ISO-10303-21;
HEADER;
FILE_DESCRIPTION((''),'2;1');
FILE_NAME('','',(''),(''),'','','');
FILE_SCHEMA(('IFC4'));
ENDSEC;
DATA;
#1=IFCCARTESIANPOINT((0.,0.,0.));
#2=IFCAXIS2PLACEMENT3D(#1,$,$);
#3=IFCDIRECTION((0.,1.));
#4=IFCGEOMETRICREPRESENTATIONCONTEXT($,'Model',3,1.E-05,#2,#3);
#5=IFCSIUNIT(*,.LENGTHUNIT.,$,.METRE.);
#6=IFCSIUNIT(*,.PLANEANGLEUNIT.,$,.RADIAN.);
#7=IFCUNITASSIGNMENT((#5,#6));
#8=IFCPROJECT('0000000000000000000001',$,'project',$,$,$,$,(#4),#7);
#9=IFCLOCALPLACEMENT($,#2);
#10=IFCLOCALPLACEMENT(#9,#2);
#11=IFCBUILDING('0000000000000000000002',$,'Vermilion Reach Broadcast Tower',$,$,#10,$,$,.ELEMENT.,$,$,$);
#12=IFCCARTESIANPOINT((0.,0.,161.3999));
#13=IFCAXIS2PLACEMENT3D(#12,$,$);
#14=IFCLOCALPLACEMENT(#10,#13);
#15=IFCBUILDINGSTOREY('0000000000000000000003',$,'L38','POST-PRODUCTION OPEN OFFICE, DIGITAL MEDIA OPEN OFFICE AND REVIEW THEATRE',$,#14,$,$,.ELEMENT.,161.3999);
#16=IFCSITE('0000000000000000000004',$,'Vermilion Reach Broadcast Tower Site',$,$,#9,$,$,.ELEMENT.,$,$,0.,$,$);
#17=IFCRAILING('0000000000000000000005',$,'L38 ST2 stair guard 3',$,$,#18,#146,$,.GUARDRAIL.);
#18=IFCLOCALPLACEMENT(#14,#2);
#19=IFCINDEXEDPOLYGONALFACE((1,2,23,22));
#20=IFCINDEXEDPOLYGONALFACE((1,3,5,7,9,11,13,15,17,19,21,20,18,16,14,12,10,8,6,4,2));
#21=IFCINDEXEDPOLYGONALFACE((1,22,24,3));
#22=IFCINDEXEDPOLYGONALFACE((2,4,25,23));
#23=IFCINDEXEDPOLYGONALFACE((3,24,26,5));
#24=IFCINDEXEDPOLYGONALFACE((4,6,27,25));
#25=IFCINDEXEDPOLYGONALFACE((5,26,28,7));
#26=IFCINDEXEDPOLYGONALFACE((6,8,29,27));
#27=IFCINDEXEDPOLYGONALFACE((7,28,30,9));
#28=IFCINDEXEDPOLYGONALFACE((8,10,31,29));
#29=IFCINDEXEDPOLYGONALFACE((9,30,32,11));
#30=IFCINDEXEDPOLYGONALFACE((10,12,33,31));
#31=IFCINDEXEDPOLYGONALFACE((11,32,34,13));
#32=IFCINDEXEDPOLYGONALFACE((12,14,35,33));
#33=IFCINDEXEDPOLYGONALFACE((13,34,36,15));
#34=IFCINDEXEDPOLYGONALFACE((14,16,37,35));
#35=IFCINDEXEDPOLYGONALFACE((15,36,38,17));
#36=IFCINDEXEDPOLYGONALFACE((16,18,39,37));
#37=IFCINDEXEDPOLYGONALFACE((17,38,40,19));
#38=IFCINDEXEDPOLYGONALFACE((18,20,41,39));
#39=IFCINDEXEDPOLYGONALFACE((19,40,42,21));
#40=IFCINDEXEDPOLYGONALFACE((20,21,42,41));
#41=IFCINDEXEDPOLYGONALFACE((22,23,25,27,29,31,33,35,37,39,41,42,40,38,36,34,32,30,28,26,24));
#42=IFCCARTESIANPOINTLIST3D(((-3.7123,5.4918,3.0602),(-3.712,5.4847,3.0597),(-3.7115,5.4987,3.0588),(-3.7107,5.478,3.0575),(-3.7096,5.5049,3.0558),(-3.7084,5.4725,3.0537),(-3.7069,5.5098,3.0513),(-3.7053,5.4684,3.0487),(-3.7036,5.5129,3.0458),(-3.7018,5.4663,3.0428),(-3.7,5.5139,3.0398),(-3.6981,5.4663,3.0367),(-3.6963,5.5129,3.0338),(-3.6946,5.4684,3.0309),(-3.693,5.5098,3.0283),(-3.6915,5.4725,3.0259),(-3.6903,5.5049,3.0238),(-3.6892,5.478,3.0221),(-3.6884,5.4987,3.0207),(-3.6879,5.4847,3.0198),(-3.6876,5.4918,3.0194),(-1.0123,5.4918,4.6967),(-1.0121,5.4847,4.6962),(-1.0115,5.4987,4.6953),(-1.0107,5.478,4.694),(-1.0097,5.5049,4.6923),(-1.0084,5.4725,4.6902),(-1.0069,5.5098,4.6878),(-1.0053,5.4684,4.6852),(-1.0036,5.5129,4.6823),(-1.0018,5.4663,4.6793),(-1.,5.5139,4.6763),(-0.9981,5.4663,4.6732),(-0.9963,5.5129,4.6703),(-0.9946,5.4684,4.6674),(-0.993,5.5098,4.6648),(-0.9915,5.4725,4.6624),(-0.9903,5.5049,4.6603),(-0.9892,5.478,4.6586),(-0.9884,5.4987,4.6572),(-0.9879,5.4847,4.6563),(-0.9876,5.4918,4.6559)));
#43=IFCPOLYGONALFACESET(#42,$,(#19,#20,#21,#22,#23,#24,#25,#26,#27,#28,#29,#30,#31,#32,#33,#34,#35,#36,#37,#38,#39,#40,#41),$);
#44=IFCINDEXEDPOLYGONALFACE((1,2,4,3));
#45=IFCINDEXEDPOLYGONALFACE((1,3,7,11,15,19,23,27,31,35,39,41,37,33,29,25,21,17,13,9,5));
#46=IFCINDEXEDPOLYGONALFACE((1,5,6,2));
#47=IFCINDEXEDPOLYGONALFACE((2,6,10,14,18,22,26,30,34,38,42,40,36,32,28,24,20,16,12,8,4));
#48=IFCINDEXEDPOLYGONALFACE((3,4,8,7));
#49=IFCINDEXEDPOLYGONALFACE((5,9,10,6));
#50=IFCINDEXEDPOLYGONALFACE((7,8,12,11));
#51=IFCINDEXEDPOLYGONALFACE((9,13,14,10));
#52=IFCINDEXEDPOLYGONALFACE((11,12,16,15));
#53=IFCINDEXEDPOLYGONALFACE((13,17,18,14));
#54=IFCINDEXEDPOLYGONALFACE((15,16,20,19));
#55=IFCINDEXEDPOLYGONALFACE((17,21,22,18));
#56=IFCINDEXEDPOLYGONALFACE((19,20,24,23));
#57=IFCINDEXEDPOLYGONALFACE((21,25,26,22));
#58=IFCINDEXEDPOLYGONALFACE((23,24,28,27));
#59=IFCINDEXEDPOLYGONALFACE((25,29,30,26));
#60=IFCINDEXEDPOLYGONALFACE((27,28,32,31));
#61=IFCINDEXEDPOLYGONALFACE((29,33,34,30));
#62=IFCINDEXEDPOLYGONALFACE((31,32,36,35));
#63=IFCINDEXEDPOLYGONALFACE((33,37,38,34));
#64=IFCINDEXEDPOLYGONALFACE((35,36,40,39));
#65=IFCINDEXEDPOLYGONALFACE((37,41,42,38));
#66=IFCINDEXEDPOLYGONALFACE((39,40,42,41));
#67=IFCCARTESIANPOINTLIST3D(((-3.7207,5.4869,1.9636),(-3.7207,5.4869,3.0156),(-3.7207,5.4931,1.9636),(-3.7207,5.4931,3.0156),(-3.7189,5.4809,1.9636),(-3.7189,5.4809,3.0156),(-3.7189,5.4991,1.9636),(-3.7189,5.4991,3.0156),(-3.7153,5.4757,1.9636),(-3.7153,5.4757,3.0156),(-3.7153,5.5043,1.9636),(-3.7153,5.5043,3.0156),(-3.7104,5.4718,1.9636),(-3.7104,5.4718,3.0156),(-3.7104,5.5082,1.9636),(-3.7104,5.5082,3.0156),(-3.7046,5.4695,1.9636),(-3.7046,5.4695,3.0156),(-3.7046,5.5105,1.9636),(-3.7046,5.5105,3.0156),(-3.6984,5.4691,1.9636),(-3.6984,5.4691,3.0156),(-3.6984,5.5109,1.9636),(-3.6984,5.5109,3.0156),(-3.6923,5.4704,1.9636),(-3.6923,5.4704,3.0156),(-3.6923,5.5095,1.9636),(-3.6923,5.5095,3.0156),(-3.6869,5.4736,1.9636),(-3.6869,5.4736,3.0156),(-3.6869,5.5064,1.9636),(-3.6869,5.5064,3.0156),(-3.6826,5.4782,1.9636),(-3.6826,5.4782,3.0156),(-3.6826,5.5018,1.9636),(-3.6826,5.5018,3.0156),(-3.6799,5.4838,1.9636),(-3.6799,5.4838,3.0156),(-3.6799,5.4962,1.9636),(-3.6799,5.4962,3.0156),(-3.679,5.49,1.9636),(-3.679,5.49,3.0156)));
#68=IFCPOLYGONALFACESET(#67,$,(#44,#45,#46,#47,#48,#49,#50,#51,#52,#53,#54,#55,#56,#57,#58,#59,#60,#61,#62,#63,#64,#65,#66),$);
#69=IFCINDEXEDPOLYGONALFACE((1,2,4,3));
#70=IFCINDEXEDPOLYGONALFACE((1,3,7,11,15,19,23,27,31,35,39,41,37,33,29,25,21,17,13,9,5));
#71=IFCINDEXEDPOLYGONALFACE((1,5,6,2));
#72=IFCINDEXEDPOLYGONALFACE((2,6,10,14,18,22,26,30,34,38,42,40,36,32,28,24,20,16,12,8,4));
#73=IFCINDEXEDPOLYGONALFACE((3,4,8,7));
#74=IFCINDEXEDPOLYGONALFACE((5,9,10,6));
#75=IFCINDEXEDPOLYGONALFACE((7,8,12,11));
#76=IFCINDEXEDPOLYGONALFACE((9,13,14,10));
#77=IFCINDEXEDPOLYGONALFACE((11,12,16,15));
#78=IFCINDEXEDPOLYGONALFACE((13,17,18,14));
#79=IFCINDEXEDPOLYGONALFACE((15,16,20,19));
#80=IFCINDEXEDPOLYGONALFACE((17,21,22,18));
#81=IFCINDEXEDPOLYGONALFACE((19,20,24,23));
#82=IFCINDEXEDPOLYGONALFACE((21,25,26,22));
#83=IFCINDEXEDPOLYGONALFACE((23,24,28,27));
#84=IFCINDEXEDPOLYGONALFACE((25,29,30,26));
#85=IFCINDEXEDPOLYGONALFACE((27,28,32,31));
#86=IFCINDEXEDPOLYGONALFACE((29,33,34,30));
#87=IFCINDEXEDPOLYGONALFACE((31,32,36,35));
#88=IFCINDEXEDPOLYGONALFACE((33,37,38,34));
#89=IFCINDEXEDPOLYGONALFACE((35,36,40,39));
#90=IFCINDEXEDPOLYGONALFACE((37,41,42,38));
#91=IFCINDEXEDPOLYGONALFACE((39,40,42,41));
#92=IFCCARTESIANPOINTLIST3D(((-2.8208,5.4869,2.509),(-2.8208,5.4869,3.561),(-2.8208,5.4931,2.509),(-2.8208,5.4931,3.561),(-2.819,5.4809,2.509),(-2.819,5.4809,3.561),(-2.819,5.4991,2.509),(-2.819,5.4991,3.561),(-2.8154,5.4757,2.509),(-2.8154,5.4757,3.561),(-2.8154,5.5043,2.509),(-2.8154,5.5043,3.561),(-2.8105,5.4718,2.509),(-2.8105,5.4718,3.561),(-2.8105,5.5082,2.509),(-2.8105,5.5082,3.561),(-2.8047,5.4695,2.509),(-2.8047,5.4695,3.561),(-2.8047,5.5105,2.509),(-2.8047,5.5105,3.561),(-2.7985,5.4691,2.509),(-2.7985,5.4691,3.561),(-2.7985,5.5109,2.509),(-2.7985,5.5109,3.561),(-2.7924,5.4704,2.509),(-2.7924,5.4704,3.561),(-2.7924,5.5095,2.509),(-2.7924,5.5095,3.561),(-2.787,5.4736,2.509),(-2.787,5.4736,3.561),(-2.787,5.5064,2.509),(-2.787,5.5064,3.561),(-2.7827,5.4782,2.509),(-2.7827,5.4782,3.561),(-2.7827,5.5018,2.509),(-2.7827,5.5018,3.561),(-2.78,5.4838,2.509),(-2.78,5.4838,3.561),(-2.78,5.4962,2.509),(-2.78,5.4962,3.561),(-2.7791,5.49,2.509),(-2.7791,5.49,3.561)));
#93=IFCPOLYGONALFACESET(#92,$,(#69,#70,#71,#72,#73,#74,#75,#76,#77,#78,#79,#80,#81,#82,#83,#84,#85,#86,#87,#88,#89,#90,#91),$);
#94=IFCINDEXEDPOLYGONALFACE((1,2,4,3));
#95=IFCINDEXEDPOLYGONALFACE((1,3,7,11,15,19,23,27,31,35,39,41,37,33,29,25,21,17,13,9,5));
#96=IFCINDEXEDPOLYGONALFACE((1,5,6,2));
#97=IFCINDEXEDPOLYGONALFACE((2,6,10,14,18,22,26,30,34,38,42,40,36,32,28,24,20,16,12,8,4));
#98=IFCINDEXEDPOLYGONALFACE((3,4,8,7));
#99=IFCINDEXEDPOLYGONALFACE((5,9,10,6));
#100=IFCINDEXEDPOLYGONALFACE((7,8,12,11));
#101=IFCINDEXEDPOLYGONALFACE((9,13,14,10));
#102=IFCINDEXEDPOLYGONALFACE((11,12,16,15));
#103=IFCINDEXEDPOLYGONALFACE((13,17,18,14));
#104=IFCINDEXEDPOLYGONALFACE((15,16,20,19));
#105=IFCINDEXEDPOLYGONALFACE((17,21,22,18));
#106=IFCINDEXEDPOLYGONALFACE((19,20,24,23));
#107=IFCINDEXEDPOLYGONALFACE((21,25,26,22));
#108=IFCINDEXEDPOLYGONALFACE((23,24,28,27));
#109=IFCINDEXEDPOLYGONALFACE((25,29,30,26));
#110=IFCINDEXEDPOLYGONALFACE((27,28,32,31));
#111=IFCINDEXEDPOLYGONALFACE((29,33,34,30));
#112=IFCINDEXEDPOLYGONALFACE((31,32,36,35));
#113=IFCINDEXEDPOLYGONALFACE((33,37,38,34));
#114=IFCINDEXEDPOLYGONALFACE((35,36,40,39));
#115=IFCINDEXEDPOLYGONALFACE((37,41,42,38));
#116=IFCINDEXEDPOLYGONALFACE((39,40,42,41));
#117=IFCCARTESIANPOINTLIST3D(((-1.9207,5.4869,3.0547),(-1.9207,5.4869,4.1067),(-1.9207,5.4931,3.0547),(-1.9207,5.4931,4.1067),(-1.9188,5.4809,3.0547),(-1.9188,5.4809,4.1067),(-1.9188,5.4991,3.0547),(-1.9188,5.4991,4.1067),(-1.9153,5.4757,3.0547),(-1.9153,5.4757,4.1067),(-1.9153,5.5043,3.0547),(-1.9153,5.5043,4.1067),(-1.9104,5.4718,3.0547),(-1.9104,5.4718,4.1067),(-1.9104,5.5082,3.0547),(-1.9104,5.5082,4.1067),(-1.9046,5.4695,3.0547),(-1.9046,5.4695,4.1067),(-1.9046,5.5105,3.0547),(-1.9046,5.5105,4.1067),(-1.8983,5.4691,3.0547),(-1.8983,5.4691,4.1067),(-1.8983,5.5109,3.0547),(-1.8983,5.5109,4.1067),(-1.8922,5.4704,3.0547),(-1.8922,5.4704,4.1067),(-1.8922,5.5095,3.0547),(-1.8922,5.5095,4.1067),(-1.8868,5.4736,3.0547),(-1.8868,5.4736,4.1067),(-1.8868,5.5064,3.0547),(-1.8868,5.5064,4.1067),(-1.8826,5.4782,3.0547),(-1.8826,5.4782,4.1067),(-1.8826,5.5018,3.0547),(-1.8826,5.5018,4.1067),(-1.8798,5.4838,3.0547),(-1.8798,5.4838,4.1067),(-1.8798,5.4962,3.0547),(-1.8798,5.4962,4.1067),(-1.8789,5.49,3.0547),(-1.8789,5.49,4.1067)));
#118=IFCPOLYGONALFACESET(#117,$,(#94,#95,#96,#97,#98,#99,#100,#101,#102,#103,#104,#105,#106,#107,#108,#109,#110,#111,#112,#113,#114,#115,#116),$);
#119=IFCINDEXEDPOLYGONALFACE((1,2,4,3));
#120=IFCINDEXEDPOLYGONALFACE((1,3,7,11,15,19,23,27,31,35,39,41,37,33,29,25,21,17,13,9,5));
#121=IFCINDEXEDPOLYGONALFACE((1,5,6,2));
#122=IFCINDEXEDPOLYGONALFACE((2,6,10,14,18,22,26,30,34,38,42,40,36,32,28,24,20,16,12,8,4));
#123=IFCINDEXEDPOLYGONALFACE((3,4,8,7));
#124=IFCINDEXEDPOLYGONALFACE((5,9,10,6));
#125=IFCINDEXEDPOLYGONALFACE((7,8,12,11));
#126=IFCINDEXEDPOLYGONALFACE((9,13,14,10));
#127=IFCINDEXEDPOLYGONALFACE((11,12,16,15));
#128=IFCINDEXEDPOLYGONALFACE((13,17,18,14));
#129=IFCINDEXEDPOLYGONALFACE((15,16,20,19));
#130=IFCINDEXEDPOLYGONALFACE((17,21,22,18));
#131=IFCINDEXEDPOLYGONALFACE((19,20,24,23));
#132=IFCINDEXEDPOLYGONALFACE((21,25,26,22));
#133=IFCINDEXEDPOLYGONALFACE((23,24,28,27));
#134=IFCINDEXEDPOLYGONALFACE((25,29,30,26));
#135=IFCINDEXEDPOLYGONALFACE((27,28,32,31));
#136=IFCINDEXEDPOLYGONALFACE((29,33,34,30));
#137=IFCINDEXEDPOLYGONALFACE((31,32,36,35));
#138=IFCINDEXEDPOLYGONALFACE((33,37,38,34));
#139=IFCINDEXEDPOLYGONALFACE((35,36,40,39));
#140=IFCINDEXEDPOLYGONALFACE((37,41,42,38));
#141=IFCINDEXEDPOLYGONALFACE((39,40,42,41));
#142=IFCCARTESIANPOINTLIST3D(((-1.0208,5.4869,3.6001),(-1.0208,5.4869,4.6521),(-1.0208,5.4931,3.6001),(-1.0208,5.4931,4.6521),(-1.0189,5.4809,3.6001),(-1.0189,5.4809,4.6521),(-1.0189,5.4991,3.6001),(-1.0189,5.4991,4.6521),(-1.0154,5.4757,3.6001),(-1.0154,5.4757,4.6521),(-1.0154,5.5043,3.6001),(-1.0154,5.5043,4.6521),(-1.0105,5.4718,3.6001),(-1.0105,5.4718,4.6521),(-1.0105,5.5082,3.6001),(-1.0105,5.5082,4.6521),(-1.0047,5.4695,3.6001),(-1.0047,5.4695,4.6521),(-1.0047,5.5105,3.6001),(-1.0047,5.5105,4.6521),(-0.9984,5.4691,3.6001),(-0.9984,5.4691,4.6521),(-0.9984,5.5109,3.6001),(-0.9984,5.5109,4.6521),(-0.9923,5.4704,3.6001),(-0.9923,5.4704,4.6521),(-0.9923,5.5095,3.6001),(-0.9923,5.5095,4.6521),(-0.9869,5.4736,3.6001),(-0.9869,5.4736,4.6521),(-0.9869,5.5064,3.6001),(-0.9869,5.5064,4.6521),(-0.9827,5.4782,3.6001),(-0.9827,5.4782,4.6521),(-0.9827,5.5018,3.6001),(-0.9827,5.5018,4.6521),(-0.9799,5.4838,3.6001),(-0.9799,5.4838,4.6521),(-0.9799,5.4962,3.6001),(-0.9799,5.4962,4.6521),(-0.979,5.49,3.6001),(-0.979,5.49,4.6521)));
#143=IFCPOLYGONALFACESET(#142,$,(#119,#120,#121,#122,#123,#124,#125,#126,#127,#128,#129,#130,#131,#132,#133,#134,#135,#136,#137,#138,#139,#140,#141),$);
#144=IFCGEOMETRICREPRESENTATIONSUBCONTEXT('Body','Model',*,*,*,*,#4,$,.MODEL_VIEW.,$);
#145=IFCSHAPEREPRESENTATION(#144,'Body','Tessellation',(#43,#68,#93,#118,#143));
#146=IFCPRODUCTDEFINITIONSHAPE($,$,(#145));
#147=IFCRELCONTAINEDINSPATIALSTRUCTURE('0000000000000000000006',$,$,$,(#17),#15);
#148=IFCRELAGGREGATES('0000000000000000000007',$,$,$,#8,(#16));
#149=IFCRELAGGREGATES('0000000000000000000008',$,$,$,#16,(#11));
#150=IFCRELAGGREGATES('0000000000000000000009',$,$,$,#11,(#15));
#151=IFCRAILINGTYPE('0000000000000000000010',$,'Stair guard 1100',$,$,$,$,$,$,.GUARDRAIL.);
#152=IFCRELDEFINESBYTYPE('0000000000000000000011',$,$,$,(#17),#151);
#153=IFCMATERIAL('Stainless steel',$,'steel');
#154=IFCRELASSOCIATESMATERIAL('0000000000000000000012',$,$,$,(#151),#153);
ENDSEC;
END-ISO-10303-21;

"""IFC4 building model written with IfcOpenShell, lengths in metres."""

from ifc_helpers import new_model, si_unit, direction, frame, origin, origin_2d, place, context, subcontext, project, spatial, circle, extrude, material, type_object, element, save


model = new_model("IFC4")

# Units and contexts
model_context = context("Model", 3, precision=1e-05, world=origin(), true_north=direction((0.0, 1.0)))
body_context = subcontext(model_context, "Body", "Model", "MODEL_VIEW")
ifc_project = project(units=[si_unit("LENGTHUNIT", "METRE"), si_unit("PLANEANGLEUNIT", "RADIAN")], contexts=[model_context])

# Site, building, storey
site_placement = place(None, origin())
site = spatial("IfcSite", under=ifc_project, at=site_placement, Name="Vermilion Reach Broadcast Tower Site", CompositionType="ELEMENT", RefElevation=0.0)
building_placement = place(site_placement, origin())
building = spatial("IfcBuilding", under=site, at=building_placement, Name="Vermilion Reach Broadcast Tower", CompositionType="ELEMENT")
storey_placement = place(building_placement, frame((0.0, 0.0, 161.3999)))
storey = spatial("IfcBuildingStorey", under=building, at=storey_placement, Name="L38", Description="POST-PRODUCTION OPEN OFFICE, DIGITAL MEDIA OPEN OFFICE AND REVIEW THEATRE", CompositionType="ELEMENT", Elevation=161.3999)

# Railing
ifc_material_1 = material(Name="Stainless steel", Category="steel")
railing_type_1 = type_object("IfcRailingType", Name="Stair guard 1100", PredefinedType="GUARDRAIL", material=ifc_material_1)
railing_1_placement = place(storey_placement, frame((-3.7, 5.49, 1.9636)))
element("IfcRailing", 1, at=railing_1_placement, inside=storey, type_object=railing_type_1, Name="L38 ST2 stair guard 3", PredefinedType="GUARDRAIL", context=body_context, shape_type="SweptSolid", body=[
    extrude(circle(Radius=0.0239, at=origin_2d()), frame((0.0, 0.0, 1.0762), z_axis=(0.855178, 0.0, 0.518334), x_axis=(0.0, 1.0, 0.0)), (0.0, 0.0, 1.0), 3.1572),
    extrude(circle(Radius=0.021, at=origin_2d()), origin(), (0.0, 0.0, 1.0), 1.052),
    extrude(circle(Radius=0.021, at=origin_2d()), frame((0.8999, 0.0, 0.5454)), (0.0, 0.0, 1.0), 1.052),
    extrude(circle(Radius=0.021, at=origin_2d()), frame((1.8, 0.0, 1.0911)), (0.0, 0.0, 1.0), 1.052),
    extrude(circle(Radius=0.021, at=origin_2d()), frame((2.7, 0.0, 1.6365)), (0.0, 0.0, 1.0), 1.052),
])

save(model, "model.ifc")
